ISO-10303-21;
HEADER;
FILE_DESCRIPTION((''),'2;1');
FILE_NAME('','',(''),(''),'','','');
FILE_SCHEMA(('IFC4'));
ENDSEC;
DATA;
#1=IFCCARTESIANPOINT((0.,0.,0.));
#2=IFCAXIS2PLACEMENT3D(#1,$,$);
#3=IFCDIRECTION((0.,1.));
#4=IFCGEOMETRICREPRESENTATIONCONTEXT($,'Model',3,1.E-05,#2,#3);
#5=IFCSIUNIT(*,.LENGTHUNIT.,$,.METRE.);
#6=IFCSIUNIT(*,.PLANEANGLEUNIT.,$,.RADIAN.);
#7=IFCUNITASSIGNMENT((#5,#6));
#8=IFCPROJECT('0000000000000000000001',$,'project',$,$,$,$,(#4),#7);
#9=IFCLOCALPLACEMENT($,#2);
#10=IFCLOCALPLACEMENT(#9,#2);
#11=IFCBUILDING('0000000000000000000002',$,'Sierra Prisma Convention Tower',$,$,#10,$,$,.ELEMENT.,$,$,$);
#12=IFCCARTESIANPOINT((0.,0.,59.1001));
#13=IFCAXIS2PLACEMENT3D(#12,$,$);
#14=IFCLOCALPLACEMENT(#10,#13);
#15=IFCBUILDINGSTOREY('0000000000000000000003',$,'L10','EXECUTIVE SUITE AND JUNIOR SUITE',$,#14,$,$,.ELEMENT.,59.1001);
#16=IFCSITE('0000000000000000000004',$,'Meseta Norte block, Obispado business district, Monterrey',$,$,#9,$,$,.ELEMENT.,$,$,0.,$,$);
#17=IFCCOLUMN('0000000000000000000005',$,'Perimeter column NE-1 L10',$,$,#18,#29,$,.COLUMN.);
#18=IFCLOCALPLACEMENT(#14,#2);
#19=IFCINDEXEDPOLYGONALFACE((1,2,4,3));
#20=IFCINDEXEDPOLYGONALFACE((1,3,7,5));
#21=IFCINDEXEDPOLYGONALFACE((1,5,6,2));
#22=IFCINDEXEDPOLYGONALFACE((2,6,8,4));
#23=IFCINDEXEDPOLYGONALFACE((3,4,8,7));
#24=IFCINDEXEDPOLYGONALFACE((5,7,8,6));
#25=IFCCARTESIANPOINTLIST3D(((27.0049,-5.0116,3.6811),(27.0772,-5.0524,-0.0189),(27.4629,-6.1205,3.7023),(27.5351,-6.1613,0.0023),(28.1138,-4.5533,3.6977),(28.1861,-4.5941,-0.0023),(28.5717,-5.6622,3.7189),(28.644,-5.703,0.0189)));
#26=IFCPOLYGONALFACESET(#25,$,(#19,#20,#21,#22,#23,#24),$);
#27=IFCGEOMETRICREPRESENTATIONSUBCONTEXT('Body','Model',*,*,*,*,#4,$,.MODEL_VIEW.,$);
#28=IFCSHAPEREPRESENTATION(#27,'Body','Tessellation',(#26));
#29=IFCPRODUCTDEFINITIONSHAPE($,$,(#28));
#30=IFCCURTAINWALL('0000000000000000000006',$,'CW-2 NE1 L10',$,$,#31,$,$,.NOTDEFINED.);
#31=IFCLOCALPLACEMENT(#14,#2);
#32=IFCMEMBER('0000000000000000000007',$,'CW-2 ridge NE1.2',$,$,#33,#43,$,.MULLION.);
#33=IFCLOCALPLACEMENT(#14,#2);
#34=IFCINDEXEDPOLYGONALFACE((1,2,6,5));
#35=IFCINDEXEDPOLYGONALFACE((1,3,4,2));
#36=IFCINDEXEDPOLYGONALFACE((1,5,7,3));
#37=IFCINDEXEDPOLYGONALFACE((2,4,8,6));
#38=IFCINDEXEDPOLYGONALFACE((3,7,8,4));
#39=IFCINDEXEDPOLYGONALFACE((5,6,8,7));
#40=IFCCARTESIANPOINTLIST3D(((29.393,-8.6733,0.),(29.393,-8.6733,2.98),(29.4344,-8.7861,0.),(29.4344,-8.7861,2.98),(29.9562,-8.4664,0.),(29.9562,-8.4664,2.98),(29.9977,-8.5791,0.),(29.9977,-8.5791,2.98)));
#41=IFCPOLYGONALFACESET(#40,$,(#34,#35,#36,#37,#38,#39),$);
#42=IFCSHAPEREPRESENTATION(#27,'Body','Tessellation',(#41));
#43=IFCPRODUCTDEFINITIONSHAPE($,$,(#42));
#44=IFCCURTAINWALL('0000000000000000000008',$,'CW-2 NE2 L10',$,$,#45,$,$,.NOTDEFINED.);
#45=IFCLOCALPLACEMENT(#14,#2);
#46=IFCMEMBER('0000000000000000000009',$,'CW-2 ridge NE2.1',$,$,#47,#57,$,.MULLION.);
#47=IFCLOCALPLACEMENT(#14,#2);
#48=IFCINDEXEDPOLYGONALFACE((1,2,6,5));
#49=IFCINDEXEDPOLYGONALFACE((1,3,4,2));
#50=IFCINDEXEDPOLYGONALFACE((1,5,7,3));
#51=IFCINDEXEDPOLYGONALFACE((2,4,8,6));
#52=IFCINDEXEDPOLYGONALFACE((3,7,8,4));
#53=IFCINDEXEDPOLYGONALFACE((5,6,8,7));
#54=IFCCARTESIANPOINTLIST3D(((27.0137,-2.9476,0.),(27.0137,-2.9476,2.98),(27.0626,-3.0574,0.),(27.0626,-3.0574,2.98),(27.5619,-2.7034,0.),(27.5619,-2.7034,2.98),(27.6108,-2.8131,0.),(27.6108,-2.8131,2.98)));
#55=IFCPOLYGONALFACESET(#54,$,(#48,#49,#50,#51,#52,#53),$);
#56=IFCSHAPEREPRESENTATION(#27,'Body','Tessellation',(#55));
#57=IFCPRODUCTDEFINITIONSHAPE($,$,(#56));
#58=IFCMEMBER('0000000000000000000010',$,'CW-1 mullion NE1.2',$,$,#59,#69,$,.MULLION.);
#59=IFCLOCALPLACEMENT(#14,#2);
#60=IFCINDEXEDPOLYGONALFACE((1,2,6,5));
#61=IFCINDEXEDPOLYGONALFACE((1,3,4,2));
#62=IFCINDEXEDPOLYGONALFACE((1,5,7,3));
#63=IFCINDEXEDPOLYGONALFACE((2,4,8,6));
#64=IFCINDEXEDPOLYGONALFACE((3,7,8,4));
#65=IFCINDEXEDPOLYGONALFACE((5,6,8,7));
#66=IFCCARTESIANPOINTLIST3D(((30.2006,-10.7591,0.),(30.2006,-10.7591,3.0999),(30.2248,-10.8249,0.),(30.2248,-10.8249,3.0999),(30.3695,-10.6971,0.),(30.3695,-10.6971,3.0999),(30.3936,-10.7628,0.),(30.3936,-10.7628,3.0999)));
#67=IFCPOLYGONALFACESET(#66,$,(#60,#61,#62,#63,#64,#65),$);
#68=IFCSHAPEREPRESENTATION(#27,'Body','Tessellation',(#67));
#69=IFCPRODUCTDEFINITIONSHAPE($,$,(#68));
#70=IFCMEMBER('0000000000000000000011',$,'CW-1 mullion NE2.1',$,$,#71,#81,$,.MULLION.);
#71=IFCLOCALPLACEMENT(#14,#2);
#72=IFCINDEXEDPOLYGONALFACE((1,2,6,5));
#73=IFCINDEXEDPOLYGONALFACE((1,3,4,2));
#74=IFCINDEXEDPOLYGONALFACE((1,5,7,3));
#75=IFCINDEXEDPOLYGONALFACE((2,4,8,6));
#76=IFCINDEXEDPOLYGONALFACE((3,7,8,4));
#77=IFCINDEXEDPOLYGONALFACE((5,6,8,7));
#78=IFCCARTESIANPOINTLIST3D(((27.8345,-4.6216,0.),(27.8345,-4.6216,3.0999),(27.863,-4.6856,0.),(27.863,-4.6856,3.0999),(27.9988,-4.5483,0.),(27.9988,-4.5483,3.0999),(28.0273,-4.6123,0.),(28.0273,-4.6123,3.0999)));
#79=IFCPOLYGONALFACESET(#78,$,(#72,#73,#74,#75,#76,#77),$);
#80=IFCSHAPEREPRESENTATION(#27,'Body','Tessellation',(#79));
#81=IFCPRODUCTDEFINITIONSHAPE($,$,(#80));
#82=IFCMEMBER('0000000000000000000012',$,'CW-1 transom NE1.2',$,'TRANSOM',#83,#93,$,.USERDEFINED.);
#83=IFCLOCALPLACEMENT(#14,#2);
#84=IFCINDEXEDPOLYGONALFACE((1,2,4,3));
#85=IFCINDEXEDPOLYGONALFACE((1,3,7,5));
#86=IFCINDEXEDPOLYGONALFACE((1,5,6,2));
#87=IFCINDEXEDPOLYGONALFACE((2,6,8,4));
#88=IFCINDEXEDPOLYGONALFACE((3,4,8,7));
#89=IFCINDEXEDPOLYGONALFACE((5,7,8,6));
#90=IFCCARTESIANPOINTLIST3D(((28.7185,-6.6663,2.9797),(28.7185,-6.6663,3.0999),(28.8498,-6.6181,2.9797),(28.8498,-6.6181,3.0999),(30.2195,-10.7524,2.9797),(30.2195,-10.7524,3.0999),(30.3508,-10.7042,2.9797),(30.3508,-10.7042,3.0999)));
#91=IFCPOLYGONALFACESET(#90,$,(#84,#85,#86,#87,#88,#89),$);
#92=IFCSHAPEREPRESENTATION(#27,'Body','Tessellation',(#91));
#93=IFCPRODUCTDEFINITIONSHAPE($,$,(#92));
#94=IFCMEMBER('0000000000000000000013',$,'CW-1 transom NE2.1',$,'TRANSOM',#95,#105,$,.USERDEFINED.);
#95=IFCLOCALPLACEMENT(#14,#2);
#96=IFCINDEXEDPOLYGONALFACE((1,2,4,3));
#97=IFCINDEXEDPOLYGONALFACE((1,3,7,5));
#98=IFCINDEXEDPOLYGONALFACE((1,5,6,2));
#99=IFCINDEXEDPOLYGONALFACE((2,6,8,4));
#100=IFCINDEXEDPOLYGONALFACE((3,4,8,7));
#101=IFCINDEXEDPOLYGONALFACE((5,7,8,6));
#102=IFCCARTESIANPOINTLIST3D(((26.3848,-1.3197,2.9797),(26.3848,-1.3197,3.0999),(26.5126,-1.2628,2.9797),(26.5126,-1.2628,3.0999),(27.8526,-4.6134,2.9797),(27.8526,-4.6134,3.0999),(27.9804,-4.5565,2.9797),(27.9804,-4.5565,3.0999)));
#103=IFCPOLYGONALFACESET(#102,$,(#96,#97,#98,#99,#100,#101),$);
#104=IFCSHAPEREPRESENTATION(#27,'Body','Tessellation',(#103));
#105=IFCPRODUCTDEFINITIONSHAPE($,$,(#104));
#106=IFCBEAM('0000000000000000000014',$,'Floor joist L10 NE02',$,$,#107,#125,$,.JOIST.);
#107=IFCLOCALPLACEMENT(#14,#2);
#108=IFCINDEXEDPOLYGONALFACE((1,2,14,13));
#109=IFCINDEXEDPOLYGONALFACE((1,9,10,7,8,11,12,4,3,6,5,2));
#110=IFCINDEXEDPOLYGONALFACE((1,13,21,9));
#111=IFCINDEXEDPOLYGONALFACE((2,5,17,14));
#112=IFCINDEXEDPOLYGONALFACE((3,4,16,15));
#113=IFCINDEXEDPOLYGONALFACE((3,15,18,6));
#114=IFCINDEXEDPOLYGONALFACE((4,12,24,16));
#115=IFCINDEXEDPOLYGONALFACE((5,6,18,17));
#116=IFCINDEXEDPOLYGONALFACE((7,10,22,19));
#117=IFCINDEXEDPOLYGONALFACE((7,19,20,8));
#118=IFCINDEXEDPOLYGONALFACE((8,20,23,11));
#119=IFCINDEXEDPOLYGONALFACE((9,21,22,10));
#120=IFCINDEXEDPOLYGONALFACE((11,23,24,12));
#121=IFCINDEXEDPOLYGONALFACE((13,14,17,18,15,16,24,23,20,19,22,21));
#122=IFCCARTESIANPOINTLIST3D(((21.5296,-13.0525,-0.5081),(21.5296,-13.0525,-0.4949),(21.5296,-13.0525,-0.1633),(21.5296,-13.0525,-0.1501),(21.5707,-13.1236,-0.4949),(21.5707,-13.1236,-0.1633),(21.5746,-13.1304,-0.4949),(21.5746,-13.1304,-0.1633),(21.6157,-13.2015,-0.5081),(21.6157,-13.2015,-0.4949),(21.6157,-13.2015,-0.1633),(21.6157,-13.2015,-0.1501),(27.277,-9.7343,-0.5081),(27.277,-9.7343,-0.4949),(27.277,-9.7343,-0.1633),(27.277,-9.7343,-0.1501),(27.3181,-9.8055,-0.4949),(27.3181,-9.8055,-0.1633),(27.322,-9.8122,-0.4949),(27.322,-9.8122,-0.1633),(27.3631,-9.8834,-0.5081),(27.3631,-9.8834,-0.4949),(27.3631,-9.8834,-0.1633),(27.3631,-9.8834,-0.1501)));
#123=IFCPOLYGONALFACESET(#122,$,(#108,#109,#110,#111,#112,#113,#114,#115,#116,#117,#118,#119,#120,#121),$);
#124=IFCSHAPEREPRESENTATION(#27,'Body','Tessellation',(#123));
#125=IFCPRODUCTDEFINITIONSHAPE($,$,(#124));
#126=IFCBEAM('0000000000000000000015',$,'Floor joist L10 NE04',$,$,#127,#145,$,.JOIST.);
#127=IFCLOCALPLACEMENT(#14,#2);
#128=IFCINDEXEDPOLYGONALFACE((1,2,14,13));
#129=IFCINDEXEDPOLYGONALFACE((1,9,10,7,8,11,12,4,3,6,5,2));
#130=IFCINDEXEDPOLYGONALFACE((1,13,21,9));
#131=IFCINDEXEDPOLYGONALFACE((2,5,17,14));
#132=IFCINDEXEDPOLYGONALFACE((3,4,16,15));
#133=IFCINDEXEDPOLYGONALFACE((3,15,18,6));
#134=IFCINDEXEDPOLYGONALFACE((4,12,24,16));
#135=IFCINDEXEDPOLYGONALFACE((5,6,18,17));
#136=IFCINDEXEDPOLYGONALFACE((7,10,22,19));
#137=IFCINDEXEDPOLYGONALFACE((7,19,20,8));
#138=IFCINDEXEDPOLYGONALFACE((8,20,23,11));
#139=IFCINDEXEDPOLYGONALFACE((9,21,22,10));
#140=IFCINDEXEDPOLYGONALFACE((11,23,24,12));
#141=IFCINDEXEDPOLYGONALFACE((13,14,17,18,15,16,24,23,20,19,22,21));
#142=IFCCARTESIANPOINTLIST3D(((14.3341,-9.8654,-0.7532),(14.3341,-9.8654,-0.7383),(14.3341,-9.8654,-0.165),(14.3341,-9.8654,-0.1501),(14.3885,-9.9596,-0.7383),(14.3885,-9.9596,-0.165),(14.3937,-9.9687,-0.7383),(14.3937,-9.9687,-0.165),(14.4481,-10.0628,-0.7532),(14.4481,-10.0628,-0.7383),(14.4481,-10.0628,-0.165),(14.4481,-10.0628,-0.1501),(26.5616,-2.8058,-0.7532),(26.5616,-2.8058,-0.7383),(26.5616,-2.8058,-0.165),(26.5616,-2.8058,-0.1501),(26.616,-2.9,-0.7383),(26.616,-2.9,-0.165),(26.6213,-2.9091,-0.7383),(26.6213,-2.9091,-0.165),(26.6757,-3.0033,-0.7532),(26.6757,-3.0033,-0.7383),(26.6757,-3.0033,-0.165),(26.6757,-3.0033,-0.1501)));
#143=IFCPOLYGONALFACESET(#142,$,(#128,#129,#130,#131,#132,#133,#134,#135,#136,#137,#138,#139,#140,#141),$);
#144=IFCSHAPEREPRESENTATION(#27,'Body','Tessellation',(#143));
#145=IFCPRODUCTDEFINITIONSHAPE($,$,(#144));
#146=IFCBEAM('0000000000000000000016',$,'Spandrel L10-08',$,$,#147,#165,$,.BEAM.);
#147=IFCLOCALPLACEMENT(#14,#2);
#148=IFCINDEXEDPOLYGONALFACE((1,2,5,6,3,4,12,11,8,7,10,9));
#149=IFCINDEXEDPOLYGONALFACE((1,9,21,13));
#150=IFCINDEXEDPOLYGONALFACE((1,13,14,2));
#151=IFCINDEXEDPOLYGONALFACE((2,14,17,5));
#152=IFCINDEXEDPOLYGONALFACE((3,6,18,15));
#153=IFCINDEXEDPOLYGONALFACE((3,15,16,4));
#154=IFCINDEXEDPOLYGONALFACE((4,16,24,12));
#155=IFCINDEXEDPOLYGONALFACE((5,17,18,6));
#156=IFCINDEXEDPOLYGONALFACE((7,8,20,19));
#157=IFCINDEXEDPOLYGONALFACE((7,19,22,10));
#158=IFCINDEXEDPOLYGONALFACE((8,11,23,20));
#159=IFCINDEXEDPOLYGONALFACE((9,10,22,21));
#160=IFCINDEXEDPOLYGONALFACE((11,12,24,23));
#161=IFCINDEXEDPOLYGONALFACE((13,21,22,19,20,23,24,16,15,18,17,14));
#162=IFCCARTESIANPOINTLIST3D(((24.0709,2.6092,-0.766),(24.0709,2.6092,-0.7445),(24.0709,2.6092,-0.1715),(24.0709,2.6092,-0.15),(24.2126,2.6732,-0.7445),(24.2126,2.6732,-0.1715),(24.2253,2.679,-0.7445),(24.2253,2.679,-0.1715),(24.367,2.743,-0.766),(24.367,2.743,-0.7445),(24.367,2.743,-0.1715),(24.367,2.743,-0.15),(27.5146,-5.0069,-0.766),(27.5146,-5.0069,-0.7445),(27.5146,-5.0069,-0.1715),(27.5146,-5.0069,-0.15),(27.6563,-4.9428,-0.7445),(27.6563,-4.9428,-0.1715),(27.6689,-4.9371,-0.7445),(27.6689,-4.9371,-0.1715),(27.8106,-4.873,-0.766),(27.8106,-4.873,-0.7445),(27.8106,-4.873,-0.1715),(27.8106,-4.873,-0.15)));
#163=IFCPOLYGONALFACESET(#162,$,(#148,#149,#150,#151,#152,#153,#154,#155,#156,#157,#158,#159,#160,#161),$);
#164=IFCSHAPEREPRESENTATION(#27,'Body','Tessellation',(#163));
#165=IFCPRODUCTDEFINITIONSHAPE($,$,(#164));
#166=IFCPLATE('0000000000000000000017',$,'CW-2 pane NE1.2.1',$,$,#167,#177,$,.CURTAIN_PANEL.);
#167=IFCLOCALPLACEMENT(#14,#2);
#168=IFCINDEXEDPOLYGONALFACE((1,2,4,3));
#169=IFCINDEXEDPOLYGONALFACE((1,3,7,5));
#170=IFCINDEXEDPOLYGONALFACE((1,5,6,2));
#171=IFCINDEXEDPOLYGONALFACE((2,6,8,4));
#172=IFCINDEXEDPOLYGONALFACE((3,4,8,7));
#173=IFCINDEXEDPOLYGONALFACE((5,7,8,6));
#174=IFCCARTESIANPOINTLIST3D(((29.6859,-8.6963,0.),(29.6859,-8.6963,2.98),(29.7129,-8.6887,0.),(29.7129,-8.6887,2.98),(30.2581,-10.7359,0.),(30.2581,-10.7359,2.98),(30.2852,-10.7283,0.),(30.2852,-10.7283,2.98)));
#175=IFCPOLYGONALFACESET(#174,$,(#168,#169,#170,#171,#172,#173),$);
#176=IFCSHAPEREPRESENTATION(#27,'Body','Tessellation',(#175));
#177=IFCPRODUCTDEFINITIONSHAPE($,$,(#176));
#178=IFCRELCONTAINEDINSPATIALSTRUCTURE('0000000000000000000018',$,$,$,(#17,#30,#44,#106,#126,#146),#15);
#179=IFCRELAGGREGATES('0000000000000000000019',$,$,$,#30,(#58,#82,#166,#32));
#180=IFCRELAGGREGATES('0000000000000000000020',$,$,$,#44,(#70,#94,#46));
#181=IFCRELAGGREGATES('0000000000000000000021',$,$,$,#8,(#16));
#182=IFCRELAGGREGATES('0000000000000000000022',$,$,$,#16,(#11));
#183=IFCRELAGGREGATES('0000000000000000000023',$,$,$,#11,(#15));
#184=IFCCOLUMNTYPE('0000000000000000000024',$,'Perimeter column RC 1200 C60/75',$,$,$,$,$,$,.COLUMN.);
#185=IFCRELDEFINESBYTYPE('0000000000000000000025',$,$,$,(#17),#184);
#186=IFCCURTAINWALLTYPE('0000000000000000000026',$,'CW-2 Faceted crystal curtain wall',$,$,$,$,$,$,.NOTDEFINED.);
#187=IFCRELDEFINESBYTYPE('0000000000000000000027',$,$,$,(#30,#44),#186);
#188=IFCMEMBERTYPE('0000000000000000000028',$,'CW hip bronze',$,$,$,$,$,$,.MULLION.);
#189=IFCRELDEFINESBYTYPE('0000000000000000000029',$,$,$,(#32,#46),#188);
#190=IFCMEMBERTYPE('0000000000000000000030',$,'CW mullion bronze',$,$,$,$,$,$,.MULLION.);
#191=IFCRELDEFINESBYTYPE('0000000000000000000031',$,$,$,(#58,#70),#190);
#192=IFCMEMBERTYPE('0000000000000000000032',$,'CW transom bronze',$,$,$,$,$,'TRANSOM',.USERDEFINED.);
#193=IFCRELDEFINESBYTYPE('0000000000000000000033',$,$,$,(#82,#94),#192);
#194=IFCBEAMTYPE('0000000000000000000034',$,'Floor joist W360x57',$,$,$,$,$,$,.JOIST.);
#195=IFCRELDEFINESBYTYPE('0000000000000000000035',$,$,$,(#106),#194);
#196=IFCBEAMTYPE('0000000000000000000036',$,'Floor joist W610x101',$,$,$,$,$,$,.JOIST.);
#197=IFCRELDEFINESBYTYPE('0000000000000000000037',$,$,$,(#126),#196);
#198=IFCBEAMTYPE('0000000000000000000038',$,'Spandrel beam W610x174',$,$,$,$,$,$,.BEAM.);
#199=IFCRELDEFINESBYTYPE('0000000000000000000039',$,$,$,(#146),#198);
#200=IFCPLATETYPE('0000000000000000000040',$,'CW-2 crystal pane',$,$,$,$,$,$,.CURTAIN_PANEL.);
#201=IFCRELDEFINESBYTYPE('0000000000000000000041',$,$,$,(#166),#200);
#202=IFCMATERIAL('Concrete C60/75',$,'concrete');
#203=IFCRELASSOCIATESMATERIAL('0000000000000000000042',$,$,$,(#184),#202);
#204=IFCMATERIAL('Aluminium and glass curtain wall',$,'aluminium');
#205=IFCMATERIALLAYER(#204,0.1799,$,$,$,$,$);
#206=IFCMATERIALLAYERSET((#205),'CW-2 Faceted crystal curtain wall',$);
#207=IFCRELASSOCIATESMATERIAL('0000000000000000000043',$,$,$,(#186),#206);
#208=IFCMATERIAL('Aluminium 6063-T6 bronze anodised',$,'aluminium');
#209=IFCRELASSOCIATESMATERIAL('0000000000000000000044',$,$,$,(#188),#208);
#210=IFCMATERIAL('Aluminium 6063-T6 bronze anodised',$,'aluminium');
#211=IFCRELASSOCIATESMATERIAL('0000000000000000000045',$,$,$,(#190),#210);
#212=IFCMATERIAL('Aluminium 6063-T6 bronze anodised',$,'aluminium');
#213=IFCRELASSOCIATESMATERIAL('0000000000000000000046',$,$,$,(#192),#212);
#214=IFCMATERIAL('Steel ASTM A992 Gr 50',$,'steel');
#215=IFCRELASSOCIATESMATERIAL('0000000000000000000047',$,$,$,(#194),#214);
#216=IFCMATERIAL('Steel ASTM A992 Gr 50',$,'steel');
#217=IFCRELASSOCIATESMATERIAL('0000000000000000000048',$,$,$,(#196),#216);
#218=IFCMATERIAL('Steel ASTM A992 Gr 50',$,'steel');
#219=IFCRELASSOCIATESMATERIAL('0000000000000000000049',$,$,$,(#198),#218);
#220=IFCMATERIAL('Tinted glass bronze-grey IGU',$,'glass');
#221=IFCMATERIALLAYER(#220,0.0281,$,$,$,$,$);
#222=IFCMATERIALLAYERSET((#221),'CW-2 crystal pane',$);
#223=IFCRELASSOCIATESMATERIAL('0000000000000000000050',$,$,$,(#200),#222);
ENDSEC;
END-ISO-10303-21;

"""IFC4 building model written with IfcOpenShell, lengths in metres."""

from ifc_helpers import new_model, si_unit, direction, frame, origin, origin_2d, place, context, subcontext, project, spatial, polyline, rectangle, i_section, outline, extrude, material, layer, layer_set, material_profile, profile_set, type_object, element, aggregate, save


model = new_model("IFC4")

# Units and contexts
model_context = context("Model", 3, precision=1e-05, world=origin(), true_north=direction((0.0, 1.0)))
body_context = subcontext(model_context, "Body", "Model", "MODEL_VIEW")
ifc_project = project(units=[si_unit("LENGTHUNIT", "METRE"), si_unit("PLANEANGLEUNIT", "RADIAN")], contexts=[model_context])

# Site, building, storey
site_placement = place(None, origin())
site = spatial("IfcSite", under=ifc_project, at=site_placement, Name="Meseta Norte block, Obispado business district, Monterrey", CompositionType="ELEMENT", RefElevation=0.0)
building_placement = place(site_placement, origin())
building = spatial("IfcBuilding", under=site, at=building_placement, Name="Sierra Prisma Convention Tower", CompositionType="ELEMENT")
storey_placement = place(building_placement, frame((0.0, 0.0, 59.1001)))
storey = spatial("IfcBuildingStorey", under=building, at=storey_placement, Name="L10", Description="EXECUTIVE SUITE AND JUNIOR SUITE", CompositionType="ELEMENT", Elevation=59.1001)

# Column
ifc_material_1 = material(Name="Concrete C60/75", Category="concrete")
ifc_material_profile_1 = material_profile(ifc_material_1, rectangle(XDim=1.2, YDim=1.2, at=origin_2d()), Name="Perimeter column RC 1200 C60/75")
ifc_profile_set_1 = profile_set([ifc_material_profile_1], Name="Concrete C60/75")
column_type = type_object("IfcColumnType", Name="Perimeter column RC 1200 C60/75", PredefinedType="COLUMN", material=ifc_profile_set_1)
column_placement = place(storey_placement, frame((27.8606, -5.3777, 0.0), z_axis=(-0.019527, 0.011017, 0.999749), x_axis=(-0.381645, 0.924141, -0.017638)))
element("IfcColumn", 1, at=column_placement, inside=storey, type_object=column_type, Name="Perimeter column NE-1 L10", PredefinedType="COLUMN", context=body_context, shape_type="SweptSolid", body=[
    extrude(rectangle(XDim=1.2, YDim=1.2, at=origin_2d()), origin(), (0.0, 0.0, 1.0), 3.7009),
])

# Curtain walls, members
ifc_material_2 = material(Name="Aluminium and glass curtain wall", Category="aluminium")
ifc_layer_1 = layer(ifc_material_2, 0.1799)
ifc_layer_set_1 = layer_set([ifc_layer_1], Name="CW-2 Faceted crystal curtain wall")
curtain_wall_type = type_object("IfcCurtainWallType", Name="CW-2 Faceted crystal curtain wall", PredefinedType="NOTDEFINED", material=ifc_layer_set_1)
curtain_wall_1_placement = place(storey_placement, origin())
curtain_wall_1 = element("IfcCurtainWall", 2, at=curtain_wall_1_placement, inside=storey, type_object=curtain_wall_type, Name="CW-2 NE1 L10", PredefinedType="NOTDEFINED")
ifc_material_3 = material(Name="Aluminium 6063-T6 bronze anodised", Category="aluminium")
ifc_material_profile_2 = material_profile(ifc_material_3, rectangle(XDim=0.1201, YDim=0.6001, at=origin_2d()), Name="ALU RIDGE BLADE 120x600")
ifc_profile_set_2 = profile_set([ifc_material_profile_2], Name="Aluminium 6063-T6 bronze anodised")
member_type_1 = type_object("IfcMemberType", Name="CW hip bronze", PredefinedType="MULLION", material=ifc_profile_set_2)
member_1_placement = place(storey_placement, frame((29.6953, -8.6262, 0.0), z_axis=(0.0, 0.0, 1.0), x_axis=(-0.344826, 0.938667, 0.0)))
member_1 = element("IfcMember", 3, at=member_1_placement, type_object=member_type_1, Name="CW-2 ridge NE1.2", PredefinedType="MULLION", context=body_context, shape_type="SweptSolid", body=[
    extrude(rectangle(XDim=0.1201, YDim=0.6001, at=origin_2d()), origin(), (0.0, 0.0, 1.0), 2.98),
])
curtain_wall_2_placement = place(storey_placement, origin())
curtain_wall_2 = element("IfcCurtainWall", 4, at=curtain_wall_2_placement, inside=storey, type_object=curtain_wall_type, Name="CW-2 NE2 L10", PredefinedType="NOTDEFINED")
member_2_placement = place(storey_placement, frame((27.3123, -2.8804, 0.0), z_axis=(0.0, 0.0, 1.0), x_axis=(-0.407055, 0.913403, 0.0)))
member_2 = element("IfcMember", 5, at=member_2_placement, type_object=member_type_1, Name="CW-2 ridge NE2.1", PredefinedType="MULLION", context=body_context, shape_type="SweptSolid", body=[
    extrude(rectangle(XDim=0.1201, YDim=0.6001, at=origin_2d()), origin(), (0.0, 0.0, 1.0), 2.98),
])

# Members
ifc_material_4 = material(Name="Aluminium 6063-T6 bronze anodised", Category="aluminium")
ifc_material_profile_3 = material_profile(ifc_material_4, rectangle(XDim=0.1799, YDim=0.0701, at=origin_2d()), Name="ALU MULLION 70x180")
ifc_profile_set_3 = profile_set([ifc_material_profile_3], Name="Aluminium 6063-T6 bronze anodised")
member_type_2 = type_object("IfcMemberType", Name="CW mullion bronze", PredefinedType="MULLION", material=ifc_profile_set_3)
member_3_placement = place(storey_placement, frame((30.2971, -10.761, 0.0), z_axis=(0.0, 0.0, 1.0), x_axis=(-0.938667, -0.344826, 0.0)))
member_3 = element("IfcMember", 6, at=member_3_placement, type_object=member_type_2, Name="CW-1 mullion NE1.2", PredefinedType="MULLION", context=body_context, shape_type="SweptSolid", body=[
    extrude(rectangle(XDim=0.1799, YDim=0.0701, at=origin_2d()), origin(), (0.0, 0.0, 1.0), 3.0999),
])
member_4_placement = place(storey_placement, frame((27.9309, -4.6169, 0.0), z_axis=(0.0, 0.0, 1.0), x_axis=(-0.913403, -0.407055, 0.0)))
member_4 = element("IfcMember", 7, at=member_4_placement, type_object=member_type_2, Name="CW-1 mullion NE2.1", PredefinedType="MULLION", context=body_context, shape_type="SweptSolid", body=[
    extrude(rectangle(XDim=0.1799, YDim=0.0701, at=origin_2d()), origin(), (0.0, 0.0, 1.0), 3.0999),
])
ifc_material_5 = material(Name="Aluminium 6063-T6 bronze anodised", Category="aluminium")
ifc_material_profile_4 = material_profile(ifc_material_5, rectangle(XDim=0.1399, YDim=0.1201, at=origin_2d()), Name="ALU TRANSOM 120x140")
ifc_profile_set_4 = profile_set([ifc_material_profile_4], Name="Aluminium 6063-T6 bronze anodised")
member_type_3 = type_object("IfcMemberType", Name="CW transom bronze", ElementType="TRANSOM", PredefinedType="USERDEFINED", material=ifc_profile_set_4)
member_5_placement = place(storey_placement, frame((30.2852, -10.7283, 3.0398), z_axis=(-0.344821, 0.938668, 0.0), x_axis=(-0.938668, -0.344821, 0.0)))
member_5 = element("IfcMember", 8, at=member_5_placement, type_object=member_type_3, Name="CW-1 transom NE1.2", ObjectType="TRANSOM", PredefinedType="USERDEFINED", context=body_context, shape_type="SweptSolid", body=[
    extrude(rectangle(XDim=0.1399, YDim=0.1201, at=origin_2d()), origin(), (0.0, 0.0, 1.0), 4.353),
])
member_6_placement = place(storey_placement, frame((27.9165, -4.585, 3.0398), z_axis=(-0.407043, 0.913409, 0.0), x_axis=(-0.913409, -0.407043, 0.0)))
member_6 = element("IfcMember", 9, at=member_6_placement, type_object=member_type_3, Name="CW-1 transom NE2.1", ObjectType="TRANSOM", PredefinedType="USERDEFINED", context=body_context, shape_type="SweptSolid", body=[
    extrude(rectangle(XDim=0.1399, YDim=0.1201, at=origin_2d()), origin(), (0.0, 0.0, 1.0), 3.606),
])

# Beams
ifc_material_6 = material(Name="Steel ASTM A992 Gr 50", Category="steel")
ifc_material_profile_5 = material_profile(ifc_material_6, i_section(OverallWidth=0.1721, OverallDepth=0.3579, WebThickness=0.0078, FlangeThickness=0.0132, at=origin_2d()), Name="W360x57")
ifc_profile_set_5 = profile_set([ifc_material_profile_5], Name="Steel ASTM A992 Gr 50")
beam_type_1 = type_object("IfcBeamType", Name="Floor joist W360x57", PredefinedType="JOIST", material=ifc_profile_set_5)
beam_1_placement = place(storey_placement, frame((27.3201, -9.8088, -0.3291), z_axis=(-0.866032, -0.499989, 0.0), x_axis=(0.499989, -0.866032, 0.0)))
element("IfcBeam", 10, at=beam_1_placement, inside=storey, type_object=beam_type_1, Name="Floor joist L10 NE02", PredefinedType="JOIST", context=body_context, shape_type="SweptSolid", body=[
    extrude(i_section(OverallWidth=0.1721, OverallDepth=0.3579, WebThickness=0.0078, FlangeThickness=0.0132, at=origin_2d()), origin(), (0.0, 0.0, 1.0), 6.6365),
])
ifc_material_7 = material(Name="Steel ASTM A992 Gr 50", Category="steel")
ifc_material_profile_6 = material_profile(ifc_material_7, i_section(OverallWidth=0.228, OverallDepth=0.603, WebThickness=0.0105, FlangeThickness=0.0149, at=origin_2d()), Name="W610x101")
ifc_profile_set_6 = profile_set([ifc_material_profile_6], Name="Steel ASTM A992 Gr 50")
beam_type_2 = type_object("IfcBeamType", Name="Floor joist W610x101", PredefinedType="JOIST", material=ifc_profile_set_6)
beam_2_placement = place(storey_placement, frame((26.6187, -2.9045, -0.4517), z_axis=(-0.866025, -0.5, 0.0), x_axis=(0.5, -0.866025, 0.0)))
element("IfcBeam", 11, at=beam_2_placement, inside=storey, type_object=beam_type_2, Name="Floor joist L10 NE04", PredefinedType="JOIST", context=body_context, shape_type="SweptSolid", body=[
    extrude(i_section(OverallWidth=0.228, OverallDepth=0.603, WebThickness=0.0105, FlangeThickness=0.0149, at=origin_2d()), origin(), (0.0, 0.0, 1.0), 14.1191),
])
ifc_material_8 = material(Name="Steel ASTM A992 Gr 50", Category="steel")
ifc_material_profile_7 = material_profile(ifc_material_8, i_section(OverallWidth=0.325, OverallDepth=0.616, WebThickness=0.0139, FlangeThickness=0.0215, at=origin_2d()), Name="W610x174")
ifc_profile_set_7 = profile_set([ifc_material_profile_7], Name="Steel ASTM A992 Gr 50")
beam_type_3 = type_object("IfcBeamType", Name="Spandrel beam W610x174", PredefinedType="BEAM", material=ifc_profile_set_7)
beam_3_placement = place(storey_placement, frame((27.6626, -4.9399, -0.458), z_axis=(-0.411998, 0.911185, 0.0), x_axis=(-0.911185, -0.411998, 0.0)))
element("IfcBeam", 12, at=beam_3_placement, inside=storey, type_object=beam_type_3, Name="Spandrel L10-08", PredefinedType="BEAM", context=body_context, shape_type="SweptSolid", body=[
    extrude(i_section(OverallWidth=0.325, OverallDepth=0.616, WebThickness=0.0139, FlangeThickness=0.0215, at=origin_2d()), origin(), (0.0, 0.0, 1.0), 8.3584),
])

# Plate
ifc_material_9 = material(Name="Tinted glass bronze-grey IGU", Category="glass")
ifc_layer_2 = layer(ifc_material_9, 0.0281)
ifc_layer_set_2 = layer_set([ifc_layer_2], Name="CW-2 crystal pane")
plate_type = type_object("IfcPlateType", Name="CW-2 crystal pane", PredefinedType="CURTAIN_PANEL", material=ifc_layer_set_2)
plate_1_placement = place(storey_placement, frame((30.2852, -10.7283, 0.0), z_axis=(0.962818, 0.270151, 0.0), x_axis=(-0.270151, 0.962818, 0.0)))
plate_1 = element("IfcPlate", 13, at=plate_1_placement, type_object=plate_type, Name="CW-2 pane NE1.2.1", PredefinedType="CURTAIN_PANEL", context=body_context, shape_type="SweptSolid", body=[
    extrude(outline(polyline([(0.0, 0.0), (2.1183, 0.0), (2.1183, 2.98), (0.0, 2.98), (0.0, 0.0)])), origin(), (0.0, 0.0, -1.0), 0.0281),
])
aggregate(curtain_wall_1, [member_3, member_5, plate_1, member_1])
aggregate(curtain_wall_2, [member_4, member_6, member_2])

save(model, "model.ifc")
